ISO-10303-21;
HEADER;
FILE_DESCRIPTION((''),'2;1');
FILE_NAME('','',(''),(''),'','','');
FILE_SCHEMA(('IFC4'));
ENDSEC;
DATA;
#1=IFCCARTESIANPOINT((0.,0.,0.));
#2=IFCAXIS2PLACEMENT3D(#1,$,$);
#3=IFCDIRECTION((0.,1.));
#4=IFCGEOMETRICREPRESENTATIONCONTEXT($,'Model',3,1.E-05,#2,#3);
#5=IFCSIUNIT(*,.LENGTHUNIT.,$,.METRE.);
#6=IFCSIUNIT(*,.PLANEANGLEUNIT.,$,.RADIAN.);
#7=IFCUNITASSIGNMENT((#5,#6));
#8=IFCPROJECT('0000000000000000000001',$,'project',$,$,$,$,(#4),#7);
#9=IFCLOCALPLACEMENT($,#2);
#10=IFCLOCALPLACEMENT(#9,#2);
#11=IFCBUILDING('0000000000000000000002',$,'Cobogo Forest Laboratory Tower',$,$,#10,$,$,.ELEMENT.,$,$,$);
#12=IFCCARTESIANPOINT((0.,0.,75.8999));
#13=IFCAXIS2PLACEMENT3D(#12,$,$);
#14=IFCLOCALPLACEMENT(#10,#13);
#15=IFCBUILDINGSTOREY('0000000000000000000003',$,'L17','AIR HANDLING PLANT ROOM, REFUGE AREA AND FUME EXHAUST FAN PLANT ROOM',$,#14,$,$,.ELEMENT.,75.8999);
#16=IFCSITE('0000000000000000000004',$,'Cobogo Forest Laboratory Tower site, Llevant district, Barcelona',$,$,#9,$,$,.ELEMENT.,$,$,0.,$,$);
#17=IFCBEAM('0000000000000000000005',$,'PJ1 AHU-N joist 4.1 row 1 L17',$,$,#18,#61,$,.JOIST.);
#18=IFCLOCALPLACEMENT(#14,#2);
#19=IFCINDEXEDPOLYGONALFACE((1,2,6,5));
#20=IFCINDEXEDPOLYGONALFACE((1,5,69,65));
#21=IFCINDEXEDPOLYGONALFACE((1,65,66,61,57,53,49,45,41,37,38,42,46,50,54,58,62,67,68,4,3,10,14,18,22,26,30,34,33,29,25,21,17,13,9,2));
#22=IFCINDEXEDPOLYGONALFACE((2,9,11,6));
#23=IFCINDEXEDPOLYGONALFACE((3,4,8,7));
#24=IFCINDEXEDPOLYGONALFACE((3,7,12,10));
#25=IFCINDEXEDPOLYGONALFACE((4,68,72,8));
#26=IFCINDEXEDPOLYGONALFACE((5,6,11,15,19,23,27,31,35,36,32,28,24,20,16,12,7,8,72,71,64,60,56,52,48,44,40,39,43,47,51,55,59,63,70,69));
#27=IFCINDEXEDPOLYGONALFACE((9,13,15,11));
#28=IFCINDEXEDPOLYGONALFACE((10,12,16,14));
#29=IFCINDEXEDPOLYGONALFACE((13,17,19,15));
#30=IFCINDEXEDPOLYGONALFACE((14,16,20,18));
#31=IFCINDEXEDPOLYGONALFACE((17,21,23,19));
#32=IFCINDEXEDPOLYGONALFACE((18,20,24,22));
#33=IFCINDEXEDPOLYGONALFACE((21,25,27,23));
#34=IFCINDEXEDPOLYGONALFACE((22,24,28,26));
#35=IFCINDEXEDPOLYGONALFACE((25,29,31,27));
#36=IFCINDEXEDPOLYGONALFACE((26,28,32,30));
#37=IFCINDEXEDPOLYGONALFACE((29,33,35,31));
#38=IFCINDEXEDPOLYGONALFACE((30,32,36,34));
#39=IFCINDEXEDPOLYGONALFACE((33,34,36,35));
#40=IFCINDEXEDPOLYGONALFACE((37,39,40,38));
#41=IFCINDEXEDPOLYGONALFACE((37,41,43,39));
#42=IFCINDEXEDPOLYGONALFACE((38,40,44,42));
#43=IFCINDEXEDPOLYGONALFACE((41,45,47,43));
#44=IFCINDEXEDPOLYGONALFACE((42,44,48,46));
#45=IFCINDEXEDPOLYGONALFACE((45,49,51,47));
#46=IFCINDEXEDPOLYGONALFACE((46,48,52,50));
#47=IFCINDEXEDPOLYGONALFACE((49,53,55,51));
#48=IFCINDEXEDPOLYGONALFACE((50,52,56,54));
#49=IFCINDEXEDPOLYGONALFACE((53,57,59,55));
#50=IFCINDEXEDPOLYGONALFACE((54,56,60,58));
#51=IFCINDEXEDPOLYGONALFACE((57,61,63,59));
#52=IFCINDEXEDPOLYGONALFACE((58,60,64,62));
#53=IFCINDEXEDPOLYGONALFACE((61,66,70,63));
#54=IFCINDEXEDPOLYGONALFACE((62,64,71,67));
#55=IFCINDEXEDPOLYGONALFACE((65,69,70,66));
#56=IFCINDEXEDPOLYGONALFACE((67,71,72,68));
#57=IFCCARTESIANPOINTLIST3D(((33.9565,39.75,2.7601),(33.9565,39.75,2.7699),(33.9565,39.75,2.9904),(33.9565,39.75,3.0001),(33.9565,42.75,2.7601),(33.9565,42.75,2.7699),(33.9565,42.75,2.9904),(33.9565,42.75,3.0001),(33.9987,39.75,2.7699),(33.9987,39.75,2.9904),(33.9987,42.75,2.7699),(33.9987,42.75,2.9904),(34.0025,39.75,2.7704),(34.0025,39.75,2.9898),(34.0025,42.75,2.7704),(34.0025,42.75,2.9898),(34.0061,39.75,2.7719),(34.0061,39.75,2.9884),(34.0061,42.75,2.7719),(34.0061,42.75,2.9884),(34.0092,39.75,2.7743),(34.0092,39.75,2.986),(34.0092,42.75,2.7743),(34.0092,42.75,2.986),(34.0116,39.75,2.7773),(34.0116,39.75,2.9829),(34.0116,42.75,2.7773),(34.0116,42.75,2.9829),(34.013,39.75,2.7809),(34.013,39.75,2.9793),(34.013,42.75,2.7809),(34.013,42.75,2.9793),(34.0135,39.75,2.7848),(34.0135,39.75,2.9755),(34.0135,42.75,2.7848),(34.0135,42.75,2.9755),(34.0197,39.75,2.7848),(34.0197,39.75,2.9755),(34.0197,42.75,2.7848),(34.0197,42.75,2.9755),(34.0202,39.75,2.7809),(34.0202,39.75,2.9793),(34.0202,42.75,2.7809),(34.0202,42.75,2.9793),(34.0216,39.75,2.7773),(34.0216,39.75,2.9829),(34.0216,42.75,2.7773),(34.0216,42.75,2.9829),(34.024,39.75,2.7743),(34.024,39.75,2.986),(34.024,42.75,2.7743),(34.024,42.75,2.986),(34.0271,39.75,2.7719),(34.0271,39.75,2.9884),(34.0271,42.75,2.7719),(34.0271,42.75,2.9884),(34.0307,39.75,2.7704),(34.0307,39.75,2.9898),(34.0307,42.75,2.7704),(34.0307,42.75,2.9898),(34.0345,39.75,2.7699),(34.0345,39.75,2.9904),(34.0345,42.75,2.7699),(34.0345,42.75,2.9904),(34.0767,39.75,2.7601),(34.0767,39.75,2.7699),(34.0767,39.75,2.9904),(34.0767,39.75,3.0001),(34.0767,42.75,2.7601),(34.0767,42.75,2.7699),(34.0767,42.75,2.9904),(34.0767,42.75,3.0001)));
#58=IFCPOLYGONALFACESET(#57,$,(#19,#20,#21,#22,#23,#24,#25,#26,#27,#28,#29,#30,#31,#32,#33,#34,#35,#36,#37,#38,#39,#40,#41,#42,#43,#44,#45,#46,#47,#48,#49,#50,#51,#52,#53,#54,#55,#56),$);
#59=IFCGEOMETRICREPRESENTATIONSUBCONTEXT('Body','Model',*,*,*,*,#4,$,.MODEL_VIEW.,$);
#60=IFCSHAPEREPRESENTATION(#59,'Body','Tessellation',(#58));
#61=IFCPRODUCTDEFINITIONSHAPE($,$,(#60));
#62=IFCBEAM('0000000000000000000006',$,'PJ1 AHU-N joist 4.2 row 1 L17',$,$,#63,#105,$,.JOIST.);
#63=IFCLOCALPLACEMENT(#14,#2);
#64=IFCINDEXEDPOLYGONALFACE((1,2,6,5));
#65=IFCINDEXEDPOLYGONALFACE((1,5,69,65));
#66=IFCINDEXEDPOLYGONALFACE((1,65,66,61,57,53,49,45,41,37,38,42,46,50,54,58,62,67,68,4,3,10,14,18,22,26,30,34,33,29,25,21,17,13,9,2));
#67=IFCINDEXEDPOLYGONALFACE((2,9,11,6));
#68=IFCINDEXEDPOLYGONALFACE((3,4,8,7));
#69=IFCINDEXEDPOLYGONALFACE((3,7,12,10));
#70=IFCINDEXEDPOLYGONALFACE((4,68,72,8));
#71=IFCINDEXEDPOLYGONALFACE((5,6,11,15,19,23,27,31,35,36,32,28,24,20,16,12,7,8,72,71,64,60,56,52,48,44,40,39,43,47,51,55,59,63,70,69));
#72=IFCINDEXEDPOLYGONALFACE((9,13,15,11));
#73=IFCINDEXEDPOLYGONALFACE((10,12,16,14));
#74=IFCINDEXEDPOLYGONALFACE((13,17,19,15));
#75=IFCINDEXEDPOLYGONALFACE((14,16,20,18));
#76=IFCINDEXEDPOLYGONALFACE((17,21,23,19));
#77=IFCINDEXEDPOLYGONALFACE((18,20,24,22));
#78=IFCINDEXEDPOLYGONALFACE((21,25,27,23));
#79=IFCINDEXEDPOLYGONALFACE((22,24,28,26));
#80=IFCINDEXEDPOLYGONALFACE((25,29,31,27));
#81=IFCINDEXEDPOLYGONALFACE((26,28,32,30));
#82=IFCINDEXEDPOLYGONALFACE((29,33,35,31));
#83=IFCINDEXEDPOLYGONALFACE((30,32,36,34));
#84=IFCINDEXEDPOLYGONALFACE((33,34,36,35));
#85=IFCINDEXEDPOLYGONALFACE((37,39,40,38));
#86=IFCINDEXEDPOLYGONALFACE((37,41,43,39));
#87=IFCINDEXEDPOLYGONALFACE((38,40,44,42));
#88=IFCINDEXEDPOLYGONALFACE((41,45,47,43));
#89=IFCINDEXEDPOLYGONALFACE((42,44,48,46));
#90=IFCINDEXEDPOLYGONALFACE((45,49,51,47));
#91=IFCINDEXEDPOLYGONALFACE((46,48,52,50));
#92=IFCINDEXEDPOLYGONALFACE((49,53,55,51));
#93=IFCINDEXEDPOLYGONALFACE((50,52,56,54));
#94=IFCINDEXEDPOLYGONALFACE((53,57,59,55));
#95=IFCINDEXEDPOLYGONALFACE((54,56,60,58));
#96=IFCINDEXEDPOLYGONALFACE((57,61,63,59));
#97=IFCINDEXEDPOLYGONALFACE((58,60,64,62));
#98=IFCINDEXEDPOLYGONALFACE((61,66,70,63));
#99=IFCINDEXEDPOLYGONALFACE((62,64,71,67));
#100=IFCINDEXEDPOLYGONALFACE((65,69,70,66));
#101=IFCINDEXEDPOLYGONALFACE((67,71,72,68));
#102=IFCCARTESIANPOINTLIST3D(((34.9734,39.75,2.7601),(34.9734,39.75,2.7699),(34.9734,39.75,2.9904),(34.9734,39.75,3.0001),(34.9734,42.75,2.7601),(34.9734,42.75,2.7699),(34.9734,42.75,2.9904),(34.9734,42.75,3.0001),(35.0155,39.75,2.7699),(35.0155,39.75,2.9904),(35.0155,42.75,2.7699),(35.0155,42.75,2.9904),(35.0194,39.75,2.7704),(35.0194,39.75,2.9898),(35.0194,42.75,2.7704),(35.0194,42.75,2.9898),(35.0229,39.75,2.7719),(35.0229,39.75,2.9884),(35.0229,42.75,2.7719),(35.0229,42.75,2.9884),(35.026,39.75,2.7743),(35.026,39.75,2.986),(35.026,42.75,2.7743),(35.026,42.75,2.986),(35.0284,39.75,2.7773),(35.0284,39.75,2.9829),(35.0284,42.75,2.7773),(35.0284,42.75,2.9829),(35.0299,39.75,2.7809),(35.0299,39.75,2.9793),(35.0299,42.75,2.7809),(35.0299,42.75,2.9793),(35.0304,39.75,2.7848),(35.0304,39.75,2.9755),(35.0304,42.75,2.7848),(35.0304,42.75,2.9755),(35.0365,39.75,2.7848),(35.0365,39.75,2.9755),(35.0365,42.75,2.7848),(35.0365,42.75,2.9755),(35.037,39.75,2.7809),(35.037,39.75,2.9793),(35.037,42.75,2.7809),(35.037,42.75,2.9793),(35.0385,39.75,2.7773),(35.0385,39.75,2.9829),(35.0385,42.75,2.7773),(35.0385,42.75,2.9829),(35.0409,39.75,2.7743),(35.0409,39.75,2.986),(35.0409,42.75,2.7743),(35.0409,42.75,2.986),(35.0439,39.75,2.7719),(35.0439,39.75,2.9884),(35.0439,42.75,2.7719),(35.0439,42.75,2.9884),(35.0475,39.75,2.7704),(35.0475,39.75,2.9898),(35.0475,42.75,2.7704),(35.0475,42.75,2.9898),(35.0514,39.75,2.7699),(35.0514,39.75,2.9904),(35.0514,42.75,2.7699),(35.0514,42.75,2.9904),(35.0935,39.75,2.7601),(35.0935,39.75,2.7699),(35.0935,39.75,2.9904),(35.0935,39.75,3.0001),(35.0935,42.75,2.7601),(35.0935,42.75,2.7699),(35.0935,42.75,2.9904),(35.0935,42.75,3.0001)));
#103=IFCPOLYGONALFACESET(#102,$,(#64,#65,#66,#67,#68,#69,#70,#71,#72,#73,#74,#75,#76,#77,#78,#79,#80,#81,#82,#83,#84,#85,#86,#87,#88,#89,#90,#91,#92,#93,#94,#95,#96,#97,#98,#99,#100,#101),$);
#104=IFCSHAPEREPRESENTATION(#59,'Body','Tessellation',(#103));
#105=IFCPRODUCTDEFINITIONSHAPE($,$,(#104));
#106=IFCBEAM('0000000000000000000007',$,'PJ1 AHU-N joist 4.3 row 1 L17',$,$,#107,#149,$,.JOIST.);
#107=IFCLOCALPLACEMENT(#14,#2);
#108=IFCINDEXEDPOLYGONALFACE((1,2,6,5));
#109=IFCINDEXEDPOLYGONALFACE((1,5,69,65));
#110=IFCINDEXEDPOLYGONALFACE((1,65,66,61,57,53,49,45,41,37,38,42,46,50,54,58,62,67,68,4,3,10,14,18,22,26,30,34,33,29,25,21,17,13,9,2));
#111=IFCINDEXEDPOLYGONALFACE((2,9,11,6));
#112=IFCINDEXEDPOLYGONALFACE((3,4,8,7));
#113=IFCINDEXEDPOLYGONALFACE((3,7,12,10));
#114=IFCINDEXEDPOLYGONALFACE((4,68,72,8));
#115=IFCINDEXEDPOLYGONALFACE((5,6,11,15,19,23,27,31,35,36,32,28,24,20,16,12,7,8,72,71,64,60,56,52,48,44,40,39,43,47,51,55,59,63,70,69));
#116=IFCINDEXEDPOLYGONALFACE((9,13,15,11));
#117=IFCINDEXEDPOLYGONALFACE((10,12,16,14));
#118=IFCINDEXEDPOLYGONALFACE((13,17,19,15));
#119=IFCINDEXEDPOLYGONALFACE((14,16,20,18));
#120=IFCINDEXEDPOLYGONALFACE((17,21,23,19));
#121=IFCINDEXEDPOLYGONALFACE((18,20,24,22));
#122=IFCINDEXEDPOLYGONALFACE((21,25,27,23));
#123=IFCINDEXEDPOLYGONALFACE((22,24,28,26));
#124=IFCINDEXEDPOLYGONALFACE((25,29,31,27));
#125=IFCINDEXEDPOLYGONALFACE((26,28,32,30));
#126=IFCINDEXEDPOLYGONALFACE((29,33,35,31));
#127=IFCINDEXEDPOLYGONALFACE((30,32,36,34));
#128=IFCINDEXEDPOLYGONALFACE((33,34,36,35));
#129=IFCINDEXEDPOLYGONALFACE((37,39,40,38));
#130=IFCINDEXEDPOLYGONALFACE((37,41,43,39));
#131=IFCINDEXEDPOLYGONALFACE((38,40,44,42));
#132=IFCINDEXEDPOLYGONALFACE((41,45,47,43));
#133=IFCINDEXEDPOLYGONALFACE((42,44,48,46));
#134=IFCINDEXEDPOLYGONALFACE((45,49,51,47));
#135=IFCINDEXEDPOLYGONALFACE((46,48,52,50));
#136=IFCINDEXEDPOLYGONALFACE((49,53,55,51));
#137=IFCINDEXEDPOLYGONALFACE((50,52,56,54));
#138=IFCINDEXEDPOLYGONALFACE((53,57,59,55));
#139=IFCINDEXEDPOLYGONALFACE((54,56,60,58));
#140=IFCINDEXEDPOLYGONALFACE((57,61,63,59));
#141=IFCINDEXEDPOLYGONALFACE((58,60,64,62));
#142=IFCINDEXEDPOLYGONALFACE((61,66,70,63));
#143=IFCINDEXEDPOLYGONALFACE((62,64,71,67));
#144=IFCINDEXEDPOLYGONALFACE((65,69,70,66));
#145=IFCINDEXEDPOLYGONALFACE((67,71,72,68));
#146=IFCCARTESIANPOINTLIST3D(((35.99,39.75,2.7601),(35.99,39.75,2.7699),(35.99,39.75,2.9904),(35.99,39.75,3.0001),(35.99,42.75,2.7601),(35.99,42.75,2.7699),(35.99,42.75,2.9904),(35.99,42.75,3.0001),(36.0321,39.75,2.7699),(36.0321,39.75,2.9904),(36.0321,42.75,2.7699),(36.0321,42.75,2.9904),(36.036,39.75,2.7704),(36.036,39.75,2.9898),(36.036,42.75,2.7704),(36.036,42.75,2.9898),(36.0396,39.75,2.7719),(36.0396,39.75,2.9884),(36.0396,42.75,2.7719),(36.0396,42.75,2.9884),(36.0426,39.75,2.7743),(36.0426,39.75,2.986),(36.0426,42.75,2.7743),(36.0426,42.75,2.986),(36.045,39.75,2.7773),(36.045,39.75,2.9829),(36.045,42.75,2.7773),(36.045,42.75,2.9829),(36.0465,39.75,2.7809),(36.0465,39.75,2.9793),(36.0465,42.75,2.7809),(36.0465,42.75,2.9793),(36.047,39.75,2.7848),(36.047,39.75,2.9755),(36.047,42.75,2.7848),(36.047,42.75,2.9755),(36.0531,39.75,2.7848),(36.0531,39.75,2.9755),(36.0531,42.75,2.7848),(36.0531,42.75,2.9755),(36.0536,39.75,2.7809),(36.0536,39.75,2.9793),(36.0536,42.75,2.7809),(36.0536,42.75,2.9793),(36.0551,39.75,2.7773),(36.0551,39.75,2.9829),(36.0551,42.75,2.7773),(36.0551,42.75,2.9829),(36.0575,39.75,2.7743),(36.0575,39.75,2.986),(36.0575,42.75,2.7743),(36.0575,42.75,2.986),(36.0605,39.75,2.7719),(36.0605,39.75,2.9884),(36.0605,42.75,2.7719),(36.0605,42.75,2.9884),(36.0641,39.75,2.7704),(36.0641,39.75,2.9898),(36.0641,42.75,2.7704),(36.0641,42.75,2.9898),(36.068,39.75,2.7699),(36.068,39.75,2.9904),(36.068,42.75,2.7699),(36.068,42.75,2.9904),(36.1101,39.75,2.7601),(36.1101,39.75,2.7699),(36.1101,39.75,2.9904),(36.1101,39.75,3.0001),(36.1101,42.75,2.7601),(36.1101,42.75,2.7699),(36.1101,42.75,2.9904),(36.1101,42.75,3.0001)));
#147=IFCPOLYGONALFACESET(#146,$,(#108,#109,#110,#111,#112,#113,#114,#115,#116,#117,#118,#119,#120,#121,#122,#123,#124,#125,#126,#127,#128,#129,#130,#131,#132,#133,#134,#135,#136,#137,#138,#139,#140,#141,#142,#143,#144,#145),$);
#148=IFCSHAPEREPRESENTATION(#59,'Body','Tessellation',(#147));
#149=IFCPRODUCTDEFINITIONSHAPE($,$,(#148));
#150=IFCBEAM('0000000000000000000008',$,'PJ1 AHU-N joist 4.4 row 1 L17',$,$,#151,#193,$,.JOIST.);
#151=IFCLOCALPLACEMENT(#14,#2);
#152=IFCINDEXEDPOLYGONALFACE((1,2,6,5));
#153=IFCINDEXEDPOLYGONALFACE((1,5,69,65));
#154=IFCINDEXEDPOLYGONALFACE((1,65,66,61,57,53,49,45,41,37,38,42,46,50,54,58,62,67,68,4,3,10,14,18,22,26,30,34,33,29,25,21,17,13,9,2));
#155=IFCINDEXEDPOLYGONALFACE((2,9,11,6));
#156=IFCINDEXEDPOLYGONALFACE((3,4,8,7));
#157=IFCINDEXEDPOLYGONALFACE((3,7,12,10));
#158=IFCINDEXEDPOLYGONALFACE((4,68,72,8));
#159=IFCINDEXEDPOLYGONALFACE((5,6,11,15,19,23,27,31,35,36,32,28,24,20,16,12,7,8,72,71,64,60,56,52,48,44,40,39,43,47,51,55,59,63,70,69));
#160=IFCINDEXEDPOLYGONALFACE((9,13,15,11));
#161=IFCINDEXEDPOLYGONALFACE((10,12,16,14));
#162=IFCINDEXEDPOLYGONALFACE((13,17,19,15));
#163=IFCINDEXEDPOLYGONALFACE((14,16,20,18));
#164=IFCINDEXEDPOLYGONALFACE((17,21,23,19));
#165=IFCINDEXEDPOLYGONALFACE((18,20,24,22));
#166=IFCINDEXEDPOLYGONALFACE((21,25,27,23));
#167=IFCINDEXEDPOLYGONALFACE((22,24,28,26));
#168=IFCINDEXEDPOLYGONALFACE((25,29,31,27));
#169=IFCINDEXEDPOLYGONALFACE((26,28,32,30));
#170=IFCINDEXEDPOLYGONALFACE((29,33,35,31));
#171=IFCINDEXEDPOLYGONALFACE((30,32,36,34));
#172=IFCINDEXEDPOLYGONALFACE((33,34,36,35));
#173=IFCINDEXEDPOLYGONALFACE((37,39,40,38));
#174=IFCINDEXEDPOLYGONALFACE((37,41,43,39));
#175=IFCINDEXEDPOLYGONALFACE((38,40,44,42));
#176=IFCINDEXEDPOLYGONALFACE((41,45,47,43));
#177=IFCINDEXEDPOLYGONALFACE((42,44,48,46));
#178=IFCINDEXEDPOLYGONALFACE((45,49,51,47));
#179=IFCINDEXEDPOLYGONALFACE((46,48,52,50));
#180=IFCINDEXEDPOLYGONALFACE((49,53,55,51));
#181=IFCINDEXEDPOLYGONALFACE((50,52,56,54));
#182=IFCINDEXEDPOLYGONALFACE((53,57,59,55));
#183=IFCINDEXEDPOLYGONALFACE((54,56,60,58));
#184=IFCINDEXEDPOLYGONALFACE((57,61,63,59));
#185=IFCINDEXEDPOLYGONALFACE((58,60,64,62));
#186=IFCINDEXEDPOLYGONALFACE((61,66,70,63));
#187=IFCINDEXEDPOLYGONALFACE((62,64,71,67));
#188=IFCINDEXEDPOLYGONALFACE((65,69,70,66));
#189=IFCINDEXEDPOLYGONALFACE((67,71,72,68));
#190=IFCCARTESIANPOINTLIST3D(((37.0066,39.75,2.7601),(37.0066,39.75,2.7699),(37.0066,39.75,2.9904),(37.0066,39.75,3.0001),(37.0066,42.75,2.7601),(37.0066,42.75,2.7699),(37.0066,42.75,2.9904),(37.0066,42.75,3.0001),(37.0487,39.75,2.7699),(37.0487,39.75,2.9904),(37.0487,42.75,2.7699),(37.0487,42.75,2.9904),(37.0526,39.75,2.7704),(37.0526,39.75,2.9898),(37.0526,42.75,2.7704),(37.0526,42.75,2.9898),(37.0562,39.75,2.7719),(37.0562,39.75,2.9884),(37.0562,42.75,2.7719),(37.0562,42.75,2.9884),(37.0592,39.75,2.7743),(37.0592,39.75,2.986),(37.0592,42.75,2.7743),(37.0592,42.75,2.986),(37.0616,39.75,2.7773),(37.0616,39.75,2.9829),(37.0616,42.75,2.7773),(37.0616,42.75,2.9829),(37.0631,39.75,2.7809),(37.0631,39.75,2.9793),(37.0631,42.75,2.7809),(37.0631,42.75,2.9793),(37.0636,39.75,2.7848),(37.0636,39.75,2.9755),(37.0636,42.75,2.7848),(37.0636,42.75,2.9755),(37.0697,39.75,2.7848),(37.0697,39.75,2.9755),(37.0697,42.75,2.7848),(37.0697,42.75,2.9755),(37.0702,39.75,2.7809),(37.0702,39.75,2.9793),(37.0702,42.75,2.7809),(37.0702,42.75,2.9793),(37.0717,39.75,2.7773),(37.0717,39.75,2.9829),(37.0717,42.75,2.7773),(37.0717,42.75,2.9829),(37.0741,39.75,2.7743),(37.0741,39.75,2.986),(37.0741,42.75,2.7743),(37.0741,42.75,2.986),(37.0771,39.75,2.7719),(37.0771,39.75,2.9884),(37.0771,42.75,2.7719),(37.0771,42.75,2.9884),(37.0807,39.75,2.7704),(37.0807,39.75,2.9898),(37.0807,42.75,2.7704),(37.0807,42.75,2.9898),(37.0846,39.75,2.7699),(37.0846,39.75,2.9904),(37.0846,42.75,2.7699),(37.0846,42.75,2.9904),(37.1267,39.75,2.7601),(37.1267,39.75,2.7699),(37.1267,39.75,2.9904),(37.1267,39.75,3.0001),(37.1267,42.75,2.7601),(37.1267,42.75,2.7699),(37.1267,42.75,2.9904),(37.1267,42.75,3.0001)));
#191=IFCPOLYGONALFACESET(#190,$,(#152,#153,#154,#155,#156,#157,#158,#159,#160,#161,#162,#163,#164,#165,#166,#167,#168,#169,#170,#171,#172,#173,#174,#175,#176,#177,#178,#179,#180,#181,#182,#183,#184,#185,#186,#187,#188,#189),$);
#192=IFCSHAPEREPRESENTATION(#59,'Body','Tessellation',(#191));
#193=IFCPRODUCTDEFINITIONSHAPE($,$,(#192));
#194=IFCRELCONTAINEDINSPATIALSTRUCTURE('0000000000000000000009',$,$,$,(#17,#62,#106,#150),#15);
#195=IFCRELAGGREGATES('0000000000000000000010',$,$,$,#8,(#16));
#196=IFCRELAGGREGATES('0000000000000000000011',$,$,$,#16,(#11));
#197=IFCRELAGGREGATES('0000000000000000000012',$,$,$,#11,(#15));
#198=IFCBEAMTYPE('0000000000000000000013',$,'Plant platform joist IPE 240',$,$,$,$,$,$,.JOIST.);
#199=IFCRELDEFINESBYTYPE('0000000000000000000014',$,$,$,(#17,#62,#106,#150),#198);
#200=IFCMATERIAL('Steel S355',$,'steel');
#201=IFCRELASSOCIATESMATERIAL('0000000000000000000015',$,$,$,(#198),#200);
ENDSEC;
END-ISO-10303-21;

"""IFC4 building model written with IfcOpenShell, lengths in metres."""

from ifc_helpers import new_model, si_unit, direction, frame, origin, origin_2d, place, context, subcontext, project, spatial, i_section, extrude, material, material_profile, profile_set, type_object, element, save


model = new_model("IFC4")

# Units and contexts
model_context = context("Model", 3, precision=1e-05, world=origin(), true_north=direction((0.0, 1.0)))
body_context = subcontext(model_context, "Body", "Model", "MODEL_VIEW")
ifc_project = project(units=[si_unit("LENGTHUNIT", "METRE"), si_unit("PLANEANGLEUNIT", "RADIAN")], contexts=[model_context])

# Site, building, storey
site_placement = place(None, origin())
site = spatial("IfcSite", under=ifc_project, at=site_placement, Name="Cobogo Forest Laboratory Tower site, Llevant district, Barcelona", CompositionType="ELEMENT", RefElevation=0.0)
building_placement = place(site_placement, origin())
building = spatial("IfcBuilding", under=site, at=building_placement, Name="Cobogo Forest Laboratory Tower", CompositionType="ELEMENT")
storey_placement = place(building_placement, frame((0.0, 0.0, 75.8999)))
storey = spatial("IfcBuildingStorey", under=building, at=storey_placement, Name="L17", Description="AIR HANDLING PLANT ROOM, REFUGE AREA AND FUME EXHAUST FAN PLANT ROOM", CompositionType="ELEMENT", Elevation=75.8999)

# Beams
ifc_material_1 = material(Name="Steel S355", Category="steel")
ifc_material_profile_1 = material_profile(ifc_material_1, i_section(OverallWidth=0.1201, OverallDepth=0.24, WebThickness=0.0061, FlangeThickness=0.0098, FilletRadius=0.0149, at=origin_2d()), Name="IPE 240")
ifc_profile_set_1 = profile_set([ifc_material_profile_1], Name="Steel S355")
beam_type_1 = type_object("IfcBeamType", Name="Plant platform joist IPE 240", PredefinedType="JOIST", material=ifc_profile_set_1)
for number, where, z_axis, x_axis, name in (
    (1, (34.0166, 42.75, 2.8801), (0.0, -1.0, 0.0), (1.0, 0.0, 0.0), "PJ1 AHU-N joist 4.1 row 1 L17"),
    (2, (35.0334, 42.75, 2.8801), (0.0, -1.0, 0.0), (1.0, 0.0, 0.0), "PJ1 AHU-N joist 4.2 row 1 L17"),
    (3, (36.05, 42.75, 2.8801), (0.0, -1.0, 0.0), (1.0, 0.0, 0.0), "PJ1 AHU-N joist 4.3 row 1 L17"),
    (4, (37.0667, 42.75, 2.8801), (0.0, -1.0, 0.0), (1.0, 0.0, 0.0), "PJ1 AHU-N joist 4.4 row 1 L17"),
):
    element("IfcBeam", number, at=place(storey_placement, frame(where, z_axis=z_axis, x_axis=x_axis)), inside=storey, type_object=beam_type_1, Name=name, PredefinedType="JOIST", context=body_context, shape_type="SweptSolid", body=[
        extrude(i_section(OverallWidth=0.1201, OverallDepth=0.24, WebThickness=0.0061, FlangeThickness=0.0098, FilletRadius=0.0149, at=origin_2d()), origin(), (0.0, 0.0, 1.0), 3.0),
    ])

save(model, "model.ifc")
